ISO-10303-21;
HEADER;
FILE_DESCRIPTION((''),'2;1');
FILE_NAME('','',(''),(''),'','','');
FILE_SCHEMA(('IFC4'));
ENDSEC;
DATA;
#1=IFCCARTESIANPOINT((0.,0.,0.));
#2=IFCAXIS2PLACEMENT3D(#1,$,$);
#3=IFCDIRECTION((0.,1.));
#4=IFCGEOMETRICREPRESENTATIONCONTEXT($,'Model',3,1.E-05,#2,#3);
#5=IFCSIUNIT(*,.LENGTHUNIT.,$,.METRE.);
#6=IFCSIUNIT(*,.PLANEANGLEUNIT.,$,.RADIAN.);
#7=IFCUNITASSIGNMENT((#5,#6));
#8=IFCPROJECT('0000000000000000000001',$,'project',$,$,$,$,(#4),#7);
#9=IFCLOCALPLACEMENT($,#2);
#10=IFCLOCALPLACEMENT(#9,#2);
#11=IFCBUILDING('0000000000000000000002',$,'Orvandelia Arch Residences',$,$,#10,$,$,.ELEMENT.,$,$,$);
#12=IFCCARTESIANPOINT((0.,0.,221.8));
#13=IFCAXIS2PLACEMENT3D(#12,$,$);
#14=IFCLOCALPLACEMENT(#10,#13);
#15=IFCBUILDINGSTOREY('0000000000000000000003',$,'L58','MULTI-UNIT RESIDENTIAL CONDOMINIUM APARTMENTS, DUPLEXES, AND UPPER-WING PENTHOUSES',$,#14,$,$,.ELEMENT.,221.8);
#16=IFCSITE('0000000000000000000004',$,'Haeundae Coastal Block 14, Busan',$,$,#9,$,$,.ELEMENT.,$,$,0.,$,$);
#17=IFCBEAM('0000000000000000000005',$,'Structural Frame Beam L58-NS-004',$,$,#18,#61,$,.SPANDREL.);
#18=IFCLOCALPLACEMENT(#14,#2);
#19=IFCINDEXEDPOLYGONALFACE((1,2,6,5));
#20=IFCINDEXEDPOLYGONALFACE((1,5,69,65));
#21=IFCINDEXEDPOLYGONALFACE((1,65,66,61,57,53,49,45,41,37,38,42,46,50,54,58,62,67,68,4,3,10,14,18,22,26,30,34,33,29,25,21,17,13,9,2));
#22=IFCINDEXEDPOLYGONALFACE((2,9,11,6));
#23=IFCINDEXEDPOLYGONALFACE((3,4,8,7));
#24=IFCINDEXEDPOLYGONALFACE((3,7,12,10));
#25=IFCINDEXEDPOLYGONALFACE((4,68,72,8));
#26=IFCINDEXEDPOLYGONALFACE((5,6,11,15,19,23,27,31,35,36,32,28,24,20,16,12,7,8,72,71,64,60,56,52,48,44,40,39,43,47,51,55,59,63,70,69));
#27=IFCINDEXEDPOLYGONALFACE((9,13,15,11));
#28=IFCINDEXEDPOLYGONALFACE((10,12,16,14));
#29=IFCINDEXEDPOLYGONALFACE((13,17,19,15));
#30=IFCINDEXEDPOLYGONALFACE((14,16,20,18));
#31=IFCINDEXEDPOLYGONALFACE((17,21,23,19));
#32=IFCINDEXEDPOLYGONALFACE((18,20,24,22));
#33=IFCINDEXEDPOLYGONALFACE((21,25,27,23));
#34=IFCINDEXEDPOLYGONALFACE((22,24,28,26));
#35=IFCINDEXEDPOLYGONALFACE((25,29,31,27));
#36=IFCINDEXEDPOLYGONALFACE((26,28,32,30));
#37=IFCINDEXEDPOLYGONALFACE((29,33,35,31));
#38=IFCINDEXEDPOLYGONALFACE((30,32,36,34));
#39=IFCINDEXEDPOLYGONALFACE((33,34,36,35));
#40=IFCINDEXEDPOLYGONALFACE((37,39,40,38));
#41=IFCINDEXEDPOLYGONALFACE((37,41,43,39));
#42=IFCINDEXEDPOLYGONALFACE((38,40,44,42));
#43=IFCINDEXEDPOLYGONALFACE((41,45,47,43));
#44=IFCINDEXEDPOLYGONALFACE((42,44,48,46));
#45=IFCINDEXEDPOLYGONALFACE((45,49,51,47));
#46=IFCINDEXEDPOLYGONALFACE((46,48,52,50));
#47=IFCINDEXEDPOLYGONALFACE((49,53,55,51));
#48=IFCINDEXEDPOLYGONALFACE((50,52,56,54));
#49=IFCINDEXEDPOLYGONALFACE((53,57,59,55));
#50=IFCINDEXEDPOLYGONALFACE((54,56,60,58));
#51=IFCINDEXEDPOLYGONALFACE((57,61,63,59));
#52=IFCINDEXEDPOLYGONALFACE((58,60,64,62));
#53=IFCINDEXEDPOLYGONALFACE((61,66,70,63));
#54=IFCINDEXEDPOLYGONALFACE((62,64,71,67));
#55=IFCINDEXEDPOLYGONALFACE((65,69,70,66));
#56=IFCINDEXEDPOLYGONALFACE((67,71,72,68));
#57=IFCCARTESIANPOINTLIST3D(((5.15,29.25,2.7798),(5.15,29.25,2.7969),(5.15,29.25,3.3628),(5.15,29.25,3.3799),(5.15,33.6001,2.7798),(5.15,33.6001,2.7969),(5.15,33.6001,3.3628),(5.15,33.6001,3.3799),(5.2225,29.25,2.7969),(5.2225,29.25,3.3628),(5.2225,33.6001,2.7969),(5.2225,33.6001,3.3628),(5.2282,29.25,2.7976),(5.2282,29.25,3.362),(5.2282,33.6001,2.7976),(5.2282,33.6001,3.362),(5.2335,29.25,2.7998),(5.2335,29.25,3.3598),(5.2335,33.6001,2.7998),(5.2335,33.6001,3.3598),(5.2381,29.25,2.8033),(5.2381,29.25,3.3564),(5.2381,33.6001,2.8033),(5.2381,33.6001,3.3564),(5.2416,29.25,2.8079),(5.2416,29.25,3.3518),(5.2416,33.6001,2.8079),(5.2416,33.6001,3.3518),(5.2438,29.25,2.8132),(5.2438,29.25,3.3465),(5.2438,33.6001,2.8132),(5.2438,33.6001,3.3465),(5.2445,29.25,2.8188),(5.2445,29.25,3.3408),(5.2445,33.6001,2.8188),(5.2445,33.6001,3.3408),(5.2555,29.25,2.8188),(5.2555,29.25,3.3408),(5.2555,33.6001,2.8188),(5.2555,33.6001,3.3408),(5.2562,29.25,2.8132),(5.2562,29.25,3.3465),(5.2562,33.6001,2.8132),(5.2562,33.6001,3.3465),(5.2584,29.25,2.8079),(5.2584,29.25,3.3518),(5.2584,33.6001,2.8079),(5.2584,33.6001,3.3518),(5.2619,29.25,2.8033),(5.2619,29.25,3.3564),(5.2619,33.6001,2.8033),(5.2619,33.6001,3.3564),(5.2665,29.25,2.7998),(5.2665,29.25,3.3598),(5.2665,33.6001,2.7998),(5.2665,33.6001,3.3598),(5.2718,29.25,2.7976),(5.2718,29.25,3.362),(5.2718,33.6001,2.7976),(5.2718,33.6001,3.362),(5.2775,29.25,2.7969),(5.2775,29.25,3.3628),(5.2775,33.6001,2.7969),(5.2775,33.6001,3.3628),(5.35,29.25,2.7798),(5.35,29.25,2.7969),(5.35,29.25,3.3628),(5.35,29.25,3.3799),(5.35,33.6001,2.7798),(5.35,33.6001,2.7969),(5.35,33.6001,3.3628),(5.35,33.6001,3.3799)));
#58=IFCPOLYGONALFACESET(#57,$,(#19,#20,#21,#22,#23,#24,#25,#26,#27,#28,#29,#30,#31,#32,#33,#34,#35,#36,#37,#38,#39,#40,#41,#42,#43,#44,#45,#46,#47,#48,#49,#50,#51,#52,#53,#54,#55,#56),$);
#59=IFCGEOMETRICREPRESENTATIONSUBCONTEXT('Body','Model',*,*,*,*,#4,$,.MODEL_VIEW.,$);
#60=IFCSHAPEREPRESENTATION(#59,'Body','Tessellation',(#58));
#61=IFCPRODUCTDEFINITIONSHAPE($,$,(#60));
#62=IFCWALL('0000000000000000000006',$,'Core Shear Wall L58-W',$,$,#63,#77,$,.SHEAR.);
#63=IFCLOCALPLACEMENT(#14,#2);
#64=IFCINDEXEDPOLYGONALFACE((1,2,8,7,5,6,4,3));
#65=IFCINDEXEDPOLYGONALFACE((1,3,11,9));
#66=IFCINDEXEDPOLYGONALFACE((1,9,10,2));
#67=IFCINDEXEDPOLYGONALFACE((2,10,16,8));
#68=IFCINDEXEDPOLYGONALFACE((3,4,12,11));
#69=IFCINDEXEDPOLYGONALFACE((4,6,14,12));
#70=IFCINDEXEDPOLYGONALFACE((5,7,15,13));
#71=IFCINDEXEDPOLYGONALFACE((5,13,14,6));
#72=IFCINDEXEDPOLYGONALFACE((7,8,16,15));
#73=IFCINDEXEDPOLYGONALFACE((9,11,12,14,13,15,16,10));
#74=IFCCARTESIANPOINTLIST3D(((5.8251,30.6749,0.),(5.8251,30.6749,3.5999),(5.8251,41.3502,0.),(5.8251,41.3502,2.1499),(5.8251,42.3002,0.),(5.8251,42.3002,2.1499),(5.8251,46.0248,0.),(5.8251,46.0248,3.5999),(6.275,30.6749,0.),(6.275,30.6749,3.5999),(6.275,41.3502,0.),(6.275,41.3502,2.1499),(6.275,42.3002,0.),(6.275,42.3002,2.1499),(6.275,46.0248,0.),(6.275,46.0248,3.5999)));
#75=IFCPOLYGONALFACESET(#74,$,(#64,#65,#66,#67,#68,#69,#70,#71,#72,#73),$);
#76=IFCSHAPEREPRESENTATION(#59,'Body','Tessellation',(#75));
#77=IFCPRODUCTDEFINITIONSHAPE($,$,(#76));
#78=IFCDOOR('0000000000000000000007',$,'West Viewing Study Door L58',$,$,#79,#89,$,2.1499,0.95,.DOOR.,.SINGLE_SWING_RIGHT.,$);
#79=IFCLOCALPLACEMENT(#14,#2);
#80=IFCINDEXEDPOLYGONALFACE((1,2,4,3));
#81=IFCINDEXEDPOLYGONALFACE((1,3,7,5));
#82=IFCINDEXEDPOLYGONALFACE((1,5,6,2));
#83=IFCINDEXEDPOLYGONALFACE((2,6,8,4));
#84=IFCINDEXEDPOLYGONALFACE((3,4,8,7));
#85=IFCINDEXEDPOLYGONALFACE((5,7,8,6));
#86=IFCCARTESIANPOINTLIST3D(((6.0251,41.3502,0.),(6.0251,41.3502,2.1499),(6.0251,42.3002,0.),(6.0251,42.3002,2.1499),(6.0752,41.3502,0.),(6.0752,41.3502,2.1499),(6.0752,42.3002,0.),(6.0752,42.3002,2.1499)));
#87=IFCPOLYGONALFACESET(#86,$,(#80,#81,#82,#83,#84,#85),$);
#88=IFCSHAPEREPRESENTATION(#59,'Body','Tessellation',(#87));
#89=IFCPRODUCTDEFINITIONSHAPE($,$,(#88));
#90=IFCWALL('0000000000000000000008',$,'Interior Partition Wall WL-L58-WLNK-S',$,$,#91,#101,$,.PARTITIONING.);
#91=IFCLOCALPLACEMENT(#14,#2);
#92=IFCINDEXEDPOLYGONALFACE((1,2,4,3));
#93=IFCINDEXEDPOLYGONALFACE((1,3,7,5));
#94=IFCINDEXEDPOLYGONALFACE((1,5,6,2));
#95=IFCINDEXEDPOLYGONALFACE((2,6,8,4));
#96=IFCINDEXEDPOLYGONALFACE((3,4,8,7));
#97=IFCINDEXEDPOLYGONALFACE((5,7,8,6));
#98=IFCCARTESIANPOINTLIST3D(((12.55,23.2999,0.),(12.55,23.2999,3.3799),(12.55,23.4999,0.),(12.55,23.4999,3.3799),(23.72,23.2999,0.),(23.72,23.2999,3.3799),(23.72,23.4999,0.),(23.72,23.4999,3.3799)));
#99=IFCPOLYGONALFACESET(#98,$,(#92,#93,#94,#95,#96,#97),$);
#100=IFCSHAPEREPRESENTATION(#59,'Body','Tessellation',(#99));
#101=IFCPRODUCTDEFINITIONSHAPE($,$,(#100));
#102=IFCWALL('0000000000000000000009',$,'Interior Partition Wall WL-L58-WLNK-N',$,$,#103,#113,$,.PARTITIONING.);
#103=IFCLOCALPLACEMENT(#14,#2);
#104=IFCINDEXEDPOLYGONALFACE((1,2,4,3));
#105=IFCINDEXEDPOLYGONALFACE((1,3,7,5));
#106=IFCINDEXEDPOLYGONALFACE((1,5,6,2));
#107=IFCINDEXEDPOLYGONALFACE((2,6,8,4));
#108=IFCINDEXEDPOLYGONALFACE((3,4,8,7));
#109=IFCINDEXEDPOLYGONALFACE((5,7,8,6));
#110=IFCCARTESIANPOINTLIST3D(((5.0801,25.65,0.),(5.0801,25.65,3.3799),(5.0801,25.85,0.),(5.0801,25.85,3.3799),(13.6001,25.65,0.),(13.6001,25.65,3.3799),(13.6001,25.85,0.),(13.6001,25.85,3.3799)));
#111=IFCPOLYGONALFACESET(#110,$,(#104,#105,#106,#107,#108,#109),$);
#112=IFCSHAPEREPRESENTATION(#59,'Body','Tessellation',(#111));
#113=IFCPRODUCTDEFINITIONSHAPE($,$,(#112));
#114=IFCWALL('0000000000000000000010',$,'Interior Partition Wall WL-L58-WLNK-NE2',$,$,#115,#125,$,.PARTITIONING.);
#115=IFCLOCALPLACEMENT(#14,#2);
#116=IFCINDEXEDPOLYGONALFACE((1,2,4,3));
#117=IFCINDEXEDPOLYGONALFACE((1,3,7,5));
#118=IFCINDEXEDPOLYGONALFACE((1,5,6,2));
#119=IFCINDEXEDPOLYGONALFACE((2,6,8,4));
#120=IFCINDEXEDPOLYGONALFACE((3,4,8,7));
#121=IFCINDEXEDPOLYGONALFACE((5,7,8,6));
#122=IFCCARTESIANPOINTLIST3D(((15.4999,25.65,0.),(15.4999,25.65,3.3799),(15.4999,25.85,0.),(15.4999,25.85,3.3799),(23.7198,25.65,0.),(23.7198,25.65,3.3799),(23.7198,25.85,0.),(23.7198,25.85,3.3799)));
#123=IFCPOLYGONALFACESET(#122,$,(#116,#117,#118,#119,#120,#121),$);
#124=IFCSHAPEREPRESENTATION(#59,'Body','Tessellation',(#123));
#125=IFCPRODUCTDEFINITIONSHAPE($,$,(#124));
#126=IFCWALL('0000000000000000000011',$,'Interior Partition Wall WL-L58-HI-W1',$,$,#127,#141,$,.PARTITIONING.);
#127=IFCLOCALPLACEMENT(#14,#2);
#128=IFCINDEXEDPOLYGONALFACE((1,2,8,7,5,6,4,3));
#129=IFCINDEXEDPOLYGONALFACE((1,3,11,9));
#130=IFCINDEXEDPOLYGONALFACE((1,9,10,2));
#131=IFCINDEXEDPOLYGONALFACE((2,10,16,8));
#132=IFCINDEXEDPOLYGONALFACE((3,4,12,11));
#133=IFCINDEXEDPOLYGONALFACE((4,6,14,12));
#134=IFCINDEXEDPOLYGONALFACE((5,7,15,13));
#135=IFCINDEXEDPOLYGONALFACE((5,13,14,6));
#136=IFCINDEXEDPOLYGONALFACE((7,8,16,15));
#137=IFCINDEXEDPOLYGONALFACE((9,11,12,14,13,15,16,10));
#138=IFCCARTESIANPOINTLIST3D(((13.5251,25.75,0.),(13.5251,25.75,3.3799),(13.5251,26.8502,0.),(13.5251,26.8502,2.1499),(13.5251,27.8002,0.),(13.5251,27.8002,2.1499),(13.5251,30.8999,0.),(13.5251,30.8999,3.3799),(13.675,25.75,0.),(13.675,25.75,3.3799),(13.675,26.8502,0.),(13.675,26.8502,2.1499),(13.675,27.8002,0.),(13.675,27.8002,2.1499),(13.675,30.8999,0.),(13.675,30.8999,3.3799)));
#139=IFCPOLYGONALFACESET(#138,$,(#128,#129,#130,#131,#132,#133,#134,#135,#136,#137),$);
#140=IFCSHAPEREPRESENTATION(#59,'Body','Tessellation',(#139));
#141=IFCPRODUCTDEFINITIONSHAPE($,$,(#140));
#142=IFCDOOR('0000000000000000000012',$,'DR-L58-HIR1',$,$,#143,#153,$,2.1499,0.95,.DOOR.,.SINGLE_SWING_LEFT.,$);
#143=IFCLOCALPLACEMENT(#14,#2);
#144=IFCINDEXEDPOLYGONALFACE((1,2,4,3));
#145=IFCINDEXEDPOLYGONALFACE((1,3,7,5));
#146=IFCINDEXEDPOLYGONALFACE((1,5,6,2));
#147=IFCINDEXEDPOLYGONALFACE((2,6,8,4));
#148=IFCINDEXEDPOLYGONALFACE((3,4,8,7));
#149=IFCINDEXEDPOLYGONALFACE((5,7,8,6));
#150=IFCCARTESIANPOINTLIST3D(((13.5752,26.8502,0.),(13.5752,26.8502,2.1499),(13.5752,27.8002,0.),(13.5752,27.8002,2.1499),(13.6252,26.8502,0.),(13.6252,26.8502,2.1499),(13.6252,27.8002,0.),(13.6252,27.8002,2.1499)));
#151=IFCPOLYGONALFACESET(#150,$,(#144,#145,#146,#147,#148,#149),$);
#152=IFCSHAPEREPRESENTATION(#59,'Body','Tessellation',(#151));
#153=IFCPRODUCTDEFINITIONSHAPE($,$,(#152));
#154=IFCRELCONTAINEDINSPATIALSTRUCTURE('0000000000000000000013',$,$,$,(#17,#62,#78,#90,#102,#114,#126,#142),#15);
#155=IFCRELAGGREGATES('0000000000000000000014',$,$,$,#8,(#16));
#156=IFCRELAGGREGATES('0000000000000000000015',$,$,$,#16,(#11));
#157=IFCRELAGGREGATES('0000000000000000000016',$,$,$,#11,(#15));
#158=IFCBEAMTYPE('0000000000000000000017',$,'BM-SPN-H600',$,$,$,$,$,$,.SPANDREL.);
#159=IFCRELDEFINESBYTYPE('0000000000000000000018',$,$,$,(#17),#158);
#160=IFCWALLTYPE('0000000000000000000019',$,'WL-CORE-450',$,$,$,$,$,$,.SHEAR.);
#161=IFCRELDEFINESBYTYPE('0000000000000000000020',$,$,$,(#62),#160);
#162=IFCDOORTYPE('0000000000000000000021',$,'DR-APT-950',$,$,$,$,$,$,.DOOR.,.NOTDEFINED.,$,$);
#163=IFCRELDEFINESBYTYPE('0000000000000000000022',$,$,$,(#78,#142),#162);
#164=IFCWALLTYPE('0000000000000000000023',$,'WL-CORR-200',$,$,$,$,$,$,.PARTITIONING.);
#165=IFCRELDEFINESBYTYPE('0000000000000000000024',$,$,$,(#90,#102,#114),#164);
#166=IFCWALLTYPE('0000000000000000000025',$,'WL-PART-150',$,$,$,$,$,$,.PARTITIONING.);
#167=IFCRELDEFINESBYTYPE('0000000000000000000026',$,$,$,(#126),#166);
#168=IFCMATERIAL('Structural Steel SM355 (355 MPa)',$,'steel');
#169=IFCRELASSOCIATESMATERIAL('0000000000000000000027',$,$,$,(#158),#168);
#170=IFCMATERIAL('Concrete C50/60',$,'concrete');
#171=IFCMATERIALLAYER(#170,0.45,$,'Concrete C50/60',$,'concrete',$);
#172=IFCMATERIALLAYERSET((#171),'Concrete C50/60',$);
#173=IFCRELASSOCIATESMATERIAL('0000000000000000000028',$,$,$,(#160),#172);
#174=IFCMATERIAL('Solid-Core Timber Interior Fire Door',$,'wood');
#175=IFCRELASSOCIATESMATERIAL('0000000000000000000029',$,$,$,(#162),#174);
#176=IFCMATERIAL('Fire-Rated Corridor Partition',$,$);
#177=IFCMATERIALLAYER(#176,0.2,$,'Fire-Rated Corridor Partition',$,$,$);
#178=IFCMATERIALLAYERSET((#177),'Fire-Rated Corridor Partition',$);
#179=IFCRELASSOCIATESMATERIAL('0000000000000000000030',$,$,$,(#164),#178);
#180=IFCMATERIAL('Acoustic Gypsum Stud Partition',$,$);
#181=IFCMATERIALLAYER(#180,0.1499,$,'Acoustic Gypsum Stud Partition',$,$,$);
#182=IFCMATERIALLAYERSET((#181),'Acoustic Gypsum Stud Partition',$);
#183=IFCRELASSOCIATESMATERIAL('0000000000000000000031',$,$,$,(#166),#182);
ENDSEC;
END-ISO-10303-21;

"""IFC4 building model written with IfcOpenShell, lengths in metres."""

from ifc_helpers import new_model, si_unit, direction, frame, frame_2d, origin, origin_2d, place, context, subcontext, project, spatial, rectangle, i_section, extrude, material, layer, layer_set, material_profile, profile_set, type_object, element, fill, save


model = new_model("IFC4")

# Units and contexts
model_context = context("Model", 3, precision=1e-05, world=origin(), true_north=direction((0.0, 1.0)))
body_context = subcontext(model_context, "Body", "Model", "MODEL_VIEW")
ifc_project = project(units=[si_unit("LENGTHUNIT", "METRE"), si_unit("PLANEANGLEUNIT", "RADIAN")], contexts=[model_context])

# Site, building, storey
site_placement = place(None, origin())
site = spatial("IfcSite", under=ifc_project, at=site_placement, Name="Haeundae Coastal Block 14, Busan", CompositionType="ELEMENT", RefElevation=0.0)
building_placement = place(site_placement, origin())
building = spatial("IfcBuilding", under=site, at=building_placement, Name="Orvandelia Arch Residences", CompositionType="ELEMENT")
storey_placement = place(building_placement, frame((0.0, 0.0, 221.8)))
storey = spatial("IfcBuildingStorey", under=building, at=storey_placement, Name="L58", Description="MULTI-UNIT RESIDENTIAL CONDOMINIUM APARTMENTS, DUPLEXES, AND UPPER-WING PENTHOUSES", CompositionType="ELEMENT", Elevation=221.8)

# Beam
ifc_material_1 = material(Name="Structural Steel SM355 (355 MPa)", Category="steel")
ifc_material_profile_1 = material_profile(ifc_material_1, i_section(OverallWidth=0.2, OverallDepth=0.6001, WebThickness=0.011, FlangeThickness=0.0171, FilletRadius=0.022, at=origin_2d()), Name="Structural Steel SM355 (355 MPa)", Category="steel")
ifc_profile_set_1 = profile_set([ifc_material_profile_1], Name="Structural Steel SM355 (355 MPa)")
beam_type_1 = type_object("IfcBeamType", Name="BM-SPN-H600", PredefinedType="SPANDREL", material=ifc_profile_set_1)
beam_1_placement = place(storey_placement, frame((5.25, 29.25, 3.0798), z_axis=(0.0, 1.0, 0.0), x_axis=(-1.0, 0.0, 0.0)))
element("IfcBeam", 1, at=beam_1_placement, inside=storey, type_object=beam_type_1, Name="Structural Frame Beam L58-NS-004", PredefinedType="SPANDREL", context=body_context, shape_type="SweptSolid", body=[
    extrude(i_section(OverallWidth=0.2, OverallDepth=0.6001, WebThickness=0.011, FlangeThickness=0.0171, FilletRadius=0.022, at=origin_2d()), origin(), (0.0, 0.0, 1.0), 4.3501),
])

# Wall, opening, door
ifc_material_2 = material(Name="Concrete C50/60", Category="concrete")
ifc_layer_1 = layer(ifc_material_2, 0.45, Name="Concrete C50/60", Category="concrete")
ifc_layer_set_1 = layer_set([ifc_layer_1], Name="Concrete C50/60")
wall_type_1 = type_object("IfcWallType", Name="WL-CORE-450", PredefinedType="SHEAR", material=ifc_layer_set_1)
wall_1_placement = place(storey_placement, frame((6.05, 30.675, 0.0), z_axis=(0.0, 0.0, 1.0), x_axis=(0.0, 1.0, 0.0)))
wall_1 = element("IfcWall", 2, at=wall_1_placement, inside=storey, type_object=wall_type_1, Name="Core Shear Wall L58-W", PredefinedType="SHEAR", context=body_context, shape_type="SweptSolid", body=[
    extrude(rectangle(XDim=15.3499, YDim=0.45, at=frame_2d((7.6748, 0.0))), origin(), (0.0, 0.0, 1.0), 3.5999),
])
opening_1_placement = place(wall_1_placement, frame((10.675, 0.0, 0.0)))
opening_1 = element("IfcOpeningElement", 3, at=opening_1_placement, cuts=wall_1, PredefinedType="OPENING", context=body_context, shape_type="SweptSolid", body=[
    extrude(rectangle(XDim=0.95, YDim=2.1499, at=frame_2d((0.4751, 1.075))), frame((0.0, 0.2349, 0.0), z_axis=(0.0, -1.0, 0.0), x_axis=(1.0, 0.0, 0.0)), (0.0, 0.0, 1.0), 0.47),
])
ifc_material_3 = material(Name="Solid-Core Timber Interior Fire Door", Category="wood")
door_type_1 = type_object("IfcDoorType", Name="DR-APT-950", OperationType="NOTDEFINED", PredefinedType="DOOR", material=ifc_material_3)
door_1_placement = place(opening_1_placement, origin())
door_1 = element("IfcDoor", 4, at=door_1_placement, inside=storey, type_object=door_type_1, Name="West Viewing Study Door L58", OperationType="SINGLE_SWING_RIGHT", OverallHeight=2.1499, OverallWidth=0.95, PredefinedType="DOOR", context=body_context, shape_type="SweptSolid", body=[
    extrude(rectangle(XDim=0.95, YDim=2.1499, at=frame_2d((0.4751, 1.075))), frame((0.0, 0.0249, 0.0), z_axis=(0.0, -1.0, 0.0), x_axis=(1.0, 0.0, 0.0)), (0.0, 0.0, 1.0), 0.05),
])
fill(opening_1, door_1)

# Walls
ifc_material_4 = material(Name="Fire-Rated Corridor Partition")
ifc_layer_2 = layer(ifc_material_4, 0.2, Name="Fire-Rated Corridor Partition")
ifc_layer_set_2 = layer_set([ifc_layer_2], Name="Fire-Rated Corridor Partition")
wall_type_2 = type_object("IfcWallType", Name="WL-CORR-200", PredefinedType="PARTITIONING", material=ifc_layer_set_2)
wall_2_placement = place(storey_placement, frame((12.55, 23.3999, 0.0), z_axis=(0.0, 0.0, 1.0), x_axis=(1.0, 0.0, 0.0)))
element("IfcWall", 5, at=wall_2_placement, inside=storey, type_object=wall_type_2, Name="Interior Partition Wall WL-L58-WLNK-S", PredefinedType="PARTITIONING", context=body_context, shape_type="SweptSolid", body=[
    extrude(rectangle(XDim=11.1699, YDim=0.2, at=frame_2d((5.585, 0.0))), origin(), (0.0, 0.0, 1.0), 3.3799),
])
wall_3_placement = place(storey_placement, frame((5.0801, 25.75, 0.0), z_axis=(0.0, 0.0, 1.0), x_axis=(1.0, 0.0, 0.0)))
element("IfcWall", 6, at=wall_3_placement, inside=storey, type_object=wall_type_2, Name="Interior Partition Wall WL-L58-WLNK-N", PredefinedType="PARTITIONING", context=body_context, shape_type="SweptSolid", body=[
    extrude(rectangle(XDim=8.52, YDim=0.2, at=frame_2d((4.26, 0.0))), origin(), (0.0, 0.0, 1.0), 3.3799),
])
wall_4_placement = place(storey_placement, frame((15.5, 25.75, 0.0), z_axis=(0.0, 0.0, 1.0), x_axis=(1.0, 0.0, 0.0)))
element("IfcWall", 7, at=wall_4_placement, inside=storey, type_object=wall_type_2, Name="Interior Partition Wall WL-L58-WLNK-NE2", PredefinedType="PARTITIONING", context=body_context, shape_type="SweptSolid", body=[
    extrude(rectangle(XDim=8.22, YDim=0.2, at=frame_2d((4.1099, 0.0))), origin(), (0.0, 0.0, 1.0), 3.3799),
])

# Wall, opening, door
ifc_material_5 = material(Name="Acoustic Gypsum Stud Partition")
ifc_layer_3 = layer(ifc_material_5, 0.1499, Name="Acoustic Gypsum Stud Partition")
ifc_layer_set_3 = layer_set([ifc_layer_3], Name="Acoustic Gypsum Stud Partition")
wall_type_3 = type_object("IfcWallType", Name="WL-PART-150", PredefinedType="PARTITIONING", material=ifc_layer_set_3)
wall_5_placement = place(storey_placement, frame((13.6001, 25.75, 0.0), z_axis=(0.0, 0.0, 1.0), x_axis=(0.0, 1.0, 0.0)))
wall_5 = element("IfcWall", 8, at=wall_5_placement, inside=storey, type_object=wall_type_3, Name="Interior Partition Wall WL-L58-HI-W1", PredefinedType="PARTITIONING", context=body_context, shape_type="SweptSolid", body=[
    extrude(rectangle(XDim=5.1499, YDim=0.1499, at=frame_2d((2.575, 0.0))), origin(), (0.0, 0.0, 1.0), 3.3799),
])
opening_2_placement = place(wall_5_placement, frame((1.1001, 0.0, 0.0)))
opening_2 = element("IfcOpeningElement", 9, at=opening_2_placement, cuts=wall_5, PredefinedType="OPENING", context=body_context, shape_type="SweptSolid", body=[
    extrude(rectangle(XDim=0.95, YDim=2.1499, at=frame_2d((0.4751, 1.075))), frame((0.0, 0.085, 0.0), z_axis=(0.0, -1.0, 0.0), x_axis=(1.0, 0.0, 0.0)), (0.0, 0.0, 1.0), 0.1699),
])
door_2_placement = place(opening_2_placement, origin())
door_2 = element("IfcDoor", 10, at=door_2_placement, inside=storey, type_object=door_type_1, Name="DR-L58-HIR1", OperationType="SINGLE_SWING_LEFT", OverallHeight=2.1499, OverallWidth=0.95, PredefinedType="DOOR", context=body_context, shape_type="SweptSolid", body=[
    extrude(rectangle(XDim=0.95, YDim=2.1499, at=frame_2d((0.4751, 1.075))), frame((0.0, 0.0249, 0.0), z_axis=(0.0, -1.0, 0.0), x_axis=(1.0, 0.0, 0.0)), (0.0, 0.0, 1.0), 0.05),
])
fill(opening_2, door_2)

save(model, "model.ifc")
